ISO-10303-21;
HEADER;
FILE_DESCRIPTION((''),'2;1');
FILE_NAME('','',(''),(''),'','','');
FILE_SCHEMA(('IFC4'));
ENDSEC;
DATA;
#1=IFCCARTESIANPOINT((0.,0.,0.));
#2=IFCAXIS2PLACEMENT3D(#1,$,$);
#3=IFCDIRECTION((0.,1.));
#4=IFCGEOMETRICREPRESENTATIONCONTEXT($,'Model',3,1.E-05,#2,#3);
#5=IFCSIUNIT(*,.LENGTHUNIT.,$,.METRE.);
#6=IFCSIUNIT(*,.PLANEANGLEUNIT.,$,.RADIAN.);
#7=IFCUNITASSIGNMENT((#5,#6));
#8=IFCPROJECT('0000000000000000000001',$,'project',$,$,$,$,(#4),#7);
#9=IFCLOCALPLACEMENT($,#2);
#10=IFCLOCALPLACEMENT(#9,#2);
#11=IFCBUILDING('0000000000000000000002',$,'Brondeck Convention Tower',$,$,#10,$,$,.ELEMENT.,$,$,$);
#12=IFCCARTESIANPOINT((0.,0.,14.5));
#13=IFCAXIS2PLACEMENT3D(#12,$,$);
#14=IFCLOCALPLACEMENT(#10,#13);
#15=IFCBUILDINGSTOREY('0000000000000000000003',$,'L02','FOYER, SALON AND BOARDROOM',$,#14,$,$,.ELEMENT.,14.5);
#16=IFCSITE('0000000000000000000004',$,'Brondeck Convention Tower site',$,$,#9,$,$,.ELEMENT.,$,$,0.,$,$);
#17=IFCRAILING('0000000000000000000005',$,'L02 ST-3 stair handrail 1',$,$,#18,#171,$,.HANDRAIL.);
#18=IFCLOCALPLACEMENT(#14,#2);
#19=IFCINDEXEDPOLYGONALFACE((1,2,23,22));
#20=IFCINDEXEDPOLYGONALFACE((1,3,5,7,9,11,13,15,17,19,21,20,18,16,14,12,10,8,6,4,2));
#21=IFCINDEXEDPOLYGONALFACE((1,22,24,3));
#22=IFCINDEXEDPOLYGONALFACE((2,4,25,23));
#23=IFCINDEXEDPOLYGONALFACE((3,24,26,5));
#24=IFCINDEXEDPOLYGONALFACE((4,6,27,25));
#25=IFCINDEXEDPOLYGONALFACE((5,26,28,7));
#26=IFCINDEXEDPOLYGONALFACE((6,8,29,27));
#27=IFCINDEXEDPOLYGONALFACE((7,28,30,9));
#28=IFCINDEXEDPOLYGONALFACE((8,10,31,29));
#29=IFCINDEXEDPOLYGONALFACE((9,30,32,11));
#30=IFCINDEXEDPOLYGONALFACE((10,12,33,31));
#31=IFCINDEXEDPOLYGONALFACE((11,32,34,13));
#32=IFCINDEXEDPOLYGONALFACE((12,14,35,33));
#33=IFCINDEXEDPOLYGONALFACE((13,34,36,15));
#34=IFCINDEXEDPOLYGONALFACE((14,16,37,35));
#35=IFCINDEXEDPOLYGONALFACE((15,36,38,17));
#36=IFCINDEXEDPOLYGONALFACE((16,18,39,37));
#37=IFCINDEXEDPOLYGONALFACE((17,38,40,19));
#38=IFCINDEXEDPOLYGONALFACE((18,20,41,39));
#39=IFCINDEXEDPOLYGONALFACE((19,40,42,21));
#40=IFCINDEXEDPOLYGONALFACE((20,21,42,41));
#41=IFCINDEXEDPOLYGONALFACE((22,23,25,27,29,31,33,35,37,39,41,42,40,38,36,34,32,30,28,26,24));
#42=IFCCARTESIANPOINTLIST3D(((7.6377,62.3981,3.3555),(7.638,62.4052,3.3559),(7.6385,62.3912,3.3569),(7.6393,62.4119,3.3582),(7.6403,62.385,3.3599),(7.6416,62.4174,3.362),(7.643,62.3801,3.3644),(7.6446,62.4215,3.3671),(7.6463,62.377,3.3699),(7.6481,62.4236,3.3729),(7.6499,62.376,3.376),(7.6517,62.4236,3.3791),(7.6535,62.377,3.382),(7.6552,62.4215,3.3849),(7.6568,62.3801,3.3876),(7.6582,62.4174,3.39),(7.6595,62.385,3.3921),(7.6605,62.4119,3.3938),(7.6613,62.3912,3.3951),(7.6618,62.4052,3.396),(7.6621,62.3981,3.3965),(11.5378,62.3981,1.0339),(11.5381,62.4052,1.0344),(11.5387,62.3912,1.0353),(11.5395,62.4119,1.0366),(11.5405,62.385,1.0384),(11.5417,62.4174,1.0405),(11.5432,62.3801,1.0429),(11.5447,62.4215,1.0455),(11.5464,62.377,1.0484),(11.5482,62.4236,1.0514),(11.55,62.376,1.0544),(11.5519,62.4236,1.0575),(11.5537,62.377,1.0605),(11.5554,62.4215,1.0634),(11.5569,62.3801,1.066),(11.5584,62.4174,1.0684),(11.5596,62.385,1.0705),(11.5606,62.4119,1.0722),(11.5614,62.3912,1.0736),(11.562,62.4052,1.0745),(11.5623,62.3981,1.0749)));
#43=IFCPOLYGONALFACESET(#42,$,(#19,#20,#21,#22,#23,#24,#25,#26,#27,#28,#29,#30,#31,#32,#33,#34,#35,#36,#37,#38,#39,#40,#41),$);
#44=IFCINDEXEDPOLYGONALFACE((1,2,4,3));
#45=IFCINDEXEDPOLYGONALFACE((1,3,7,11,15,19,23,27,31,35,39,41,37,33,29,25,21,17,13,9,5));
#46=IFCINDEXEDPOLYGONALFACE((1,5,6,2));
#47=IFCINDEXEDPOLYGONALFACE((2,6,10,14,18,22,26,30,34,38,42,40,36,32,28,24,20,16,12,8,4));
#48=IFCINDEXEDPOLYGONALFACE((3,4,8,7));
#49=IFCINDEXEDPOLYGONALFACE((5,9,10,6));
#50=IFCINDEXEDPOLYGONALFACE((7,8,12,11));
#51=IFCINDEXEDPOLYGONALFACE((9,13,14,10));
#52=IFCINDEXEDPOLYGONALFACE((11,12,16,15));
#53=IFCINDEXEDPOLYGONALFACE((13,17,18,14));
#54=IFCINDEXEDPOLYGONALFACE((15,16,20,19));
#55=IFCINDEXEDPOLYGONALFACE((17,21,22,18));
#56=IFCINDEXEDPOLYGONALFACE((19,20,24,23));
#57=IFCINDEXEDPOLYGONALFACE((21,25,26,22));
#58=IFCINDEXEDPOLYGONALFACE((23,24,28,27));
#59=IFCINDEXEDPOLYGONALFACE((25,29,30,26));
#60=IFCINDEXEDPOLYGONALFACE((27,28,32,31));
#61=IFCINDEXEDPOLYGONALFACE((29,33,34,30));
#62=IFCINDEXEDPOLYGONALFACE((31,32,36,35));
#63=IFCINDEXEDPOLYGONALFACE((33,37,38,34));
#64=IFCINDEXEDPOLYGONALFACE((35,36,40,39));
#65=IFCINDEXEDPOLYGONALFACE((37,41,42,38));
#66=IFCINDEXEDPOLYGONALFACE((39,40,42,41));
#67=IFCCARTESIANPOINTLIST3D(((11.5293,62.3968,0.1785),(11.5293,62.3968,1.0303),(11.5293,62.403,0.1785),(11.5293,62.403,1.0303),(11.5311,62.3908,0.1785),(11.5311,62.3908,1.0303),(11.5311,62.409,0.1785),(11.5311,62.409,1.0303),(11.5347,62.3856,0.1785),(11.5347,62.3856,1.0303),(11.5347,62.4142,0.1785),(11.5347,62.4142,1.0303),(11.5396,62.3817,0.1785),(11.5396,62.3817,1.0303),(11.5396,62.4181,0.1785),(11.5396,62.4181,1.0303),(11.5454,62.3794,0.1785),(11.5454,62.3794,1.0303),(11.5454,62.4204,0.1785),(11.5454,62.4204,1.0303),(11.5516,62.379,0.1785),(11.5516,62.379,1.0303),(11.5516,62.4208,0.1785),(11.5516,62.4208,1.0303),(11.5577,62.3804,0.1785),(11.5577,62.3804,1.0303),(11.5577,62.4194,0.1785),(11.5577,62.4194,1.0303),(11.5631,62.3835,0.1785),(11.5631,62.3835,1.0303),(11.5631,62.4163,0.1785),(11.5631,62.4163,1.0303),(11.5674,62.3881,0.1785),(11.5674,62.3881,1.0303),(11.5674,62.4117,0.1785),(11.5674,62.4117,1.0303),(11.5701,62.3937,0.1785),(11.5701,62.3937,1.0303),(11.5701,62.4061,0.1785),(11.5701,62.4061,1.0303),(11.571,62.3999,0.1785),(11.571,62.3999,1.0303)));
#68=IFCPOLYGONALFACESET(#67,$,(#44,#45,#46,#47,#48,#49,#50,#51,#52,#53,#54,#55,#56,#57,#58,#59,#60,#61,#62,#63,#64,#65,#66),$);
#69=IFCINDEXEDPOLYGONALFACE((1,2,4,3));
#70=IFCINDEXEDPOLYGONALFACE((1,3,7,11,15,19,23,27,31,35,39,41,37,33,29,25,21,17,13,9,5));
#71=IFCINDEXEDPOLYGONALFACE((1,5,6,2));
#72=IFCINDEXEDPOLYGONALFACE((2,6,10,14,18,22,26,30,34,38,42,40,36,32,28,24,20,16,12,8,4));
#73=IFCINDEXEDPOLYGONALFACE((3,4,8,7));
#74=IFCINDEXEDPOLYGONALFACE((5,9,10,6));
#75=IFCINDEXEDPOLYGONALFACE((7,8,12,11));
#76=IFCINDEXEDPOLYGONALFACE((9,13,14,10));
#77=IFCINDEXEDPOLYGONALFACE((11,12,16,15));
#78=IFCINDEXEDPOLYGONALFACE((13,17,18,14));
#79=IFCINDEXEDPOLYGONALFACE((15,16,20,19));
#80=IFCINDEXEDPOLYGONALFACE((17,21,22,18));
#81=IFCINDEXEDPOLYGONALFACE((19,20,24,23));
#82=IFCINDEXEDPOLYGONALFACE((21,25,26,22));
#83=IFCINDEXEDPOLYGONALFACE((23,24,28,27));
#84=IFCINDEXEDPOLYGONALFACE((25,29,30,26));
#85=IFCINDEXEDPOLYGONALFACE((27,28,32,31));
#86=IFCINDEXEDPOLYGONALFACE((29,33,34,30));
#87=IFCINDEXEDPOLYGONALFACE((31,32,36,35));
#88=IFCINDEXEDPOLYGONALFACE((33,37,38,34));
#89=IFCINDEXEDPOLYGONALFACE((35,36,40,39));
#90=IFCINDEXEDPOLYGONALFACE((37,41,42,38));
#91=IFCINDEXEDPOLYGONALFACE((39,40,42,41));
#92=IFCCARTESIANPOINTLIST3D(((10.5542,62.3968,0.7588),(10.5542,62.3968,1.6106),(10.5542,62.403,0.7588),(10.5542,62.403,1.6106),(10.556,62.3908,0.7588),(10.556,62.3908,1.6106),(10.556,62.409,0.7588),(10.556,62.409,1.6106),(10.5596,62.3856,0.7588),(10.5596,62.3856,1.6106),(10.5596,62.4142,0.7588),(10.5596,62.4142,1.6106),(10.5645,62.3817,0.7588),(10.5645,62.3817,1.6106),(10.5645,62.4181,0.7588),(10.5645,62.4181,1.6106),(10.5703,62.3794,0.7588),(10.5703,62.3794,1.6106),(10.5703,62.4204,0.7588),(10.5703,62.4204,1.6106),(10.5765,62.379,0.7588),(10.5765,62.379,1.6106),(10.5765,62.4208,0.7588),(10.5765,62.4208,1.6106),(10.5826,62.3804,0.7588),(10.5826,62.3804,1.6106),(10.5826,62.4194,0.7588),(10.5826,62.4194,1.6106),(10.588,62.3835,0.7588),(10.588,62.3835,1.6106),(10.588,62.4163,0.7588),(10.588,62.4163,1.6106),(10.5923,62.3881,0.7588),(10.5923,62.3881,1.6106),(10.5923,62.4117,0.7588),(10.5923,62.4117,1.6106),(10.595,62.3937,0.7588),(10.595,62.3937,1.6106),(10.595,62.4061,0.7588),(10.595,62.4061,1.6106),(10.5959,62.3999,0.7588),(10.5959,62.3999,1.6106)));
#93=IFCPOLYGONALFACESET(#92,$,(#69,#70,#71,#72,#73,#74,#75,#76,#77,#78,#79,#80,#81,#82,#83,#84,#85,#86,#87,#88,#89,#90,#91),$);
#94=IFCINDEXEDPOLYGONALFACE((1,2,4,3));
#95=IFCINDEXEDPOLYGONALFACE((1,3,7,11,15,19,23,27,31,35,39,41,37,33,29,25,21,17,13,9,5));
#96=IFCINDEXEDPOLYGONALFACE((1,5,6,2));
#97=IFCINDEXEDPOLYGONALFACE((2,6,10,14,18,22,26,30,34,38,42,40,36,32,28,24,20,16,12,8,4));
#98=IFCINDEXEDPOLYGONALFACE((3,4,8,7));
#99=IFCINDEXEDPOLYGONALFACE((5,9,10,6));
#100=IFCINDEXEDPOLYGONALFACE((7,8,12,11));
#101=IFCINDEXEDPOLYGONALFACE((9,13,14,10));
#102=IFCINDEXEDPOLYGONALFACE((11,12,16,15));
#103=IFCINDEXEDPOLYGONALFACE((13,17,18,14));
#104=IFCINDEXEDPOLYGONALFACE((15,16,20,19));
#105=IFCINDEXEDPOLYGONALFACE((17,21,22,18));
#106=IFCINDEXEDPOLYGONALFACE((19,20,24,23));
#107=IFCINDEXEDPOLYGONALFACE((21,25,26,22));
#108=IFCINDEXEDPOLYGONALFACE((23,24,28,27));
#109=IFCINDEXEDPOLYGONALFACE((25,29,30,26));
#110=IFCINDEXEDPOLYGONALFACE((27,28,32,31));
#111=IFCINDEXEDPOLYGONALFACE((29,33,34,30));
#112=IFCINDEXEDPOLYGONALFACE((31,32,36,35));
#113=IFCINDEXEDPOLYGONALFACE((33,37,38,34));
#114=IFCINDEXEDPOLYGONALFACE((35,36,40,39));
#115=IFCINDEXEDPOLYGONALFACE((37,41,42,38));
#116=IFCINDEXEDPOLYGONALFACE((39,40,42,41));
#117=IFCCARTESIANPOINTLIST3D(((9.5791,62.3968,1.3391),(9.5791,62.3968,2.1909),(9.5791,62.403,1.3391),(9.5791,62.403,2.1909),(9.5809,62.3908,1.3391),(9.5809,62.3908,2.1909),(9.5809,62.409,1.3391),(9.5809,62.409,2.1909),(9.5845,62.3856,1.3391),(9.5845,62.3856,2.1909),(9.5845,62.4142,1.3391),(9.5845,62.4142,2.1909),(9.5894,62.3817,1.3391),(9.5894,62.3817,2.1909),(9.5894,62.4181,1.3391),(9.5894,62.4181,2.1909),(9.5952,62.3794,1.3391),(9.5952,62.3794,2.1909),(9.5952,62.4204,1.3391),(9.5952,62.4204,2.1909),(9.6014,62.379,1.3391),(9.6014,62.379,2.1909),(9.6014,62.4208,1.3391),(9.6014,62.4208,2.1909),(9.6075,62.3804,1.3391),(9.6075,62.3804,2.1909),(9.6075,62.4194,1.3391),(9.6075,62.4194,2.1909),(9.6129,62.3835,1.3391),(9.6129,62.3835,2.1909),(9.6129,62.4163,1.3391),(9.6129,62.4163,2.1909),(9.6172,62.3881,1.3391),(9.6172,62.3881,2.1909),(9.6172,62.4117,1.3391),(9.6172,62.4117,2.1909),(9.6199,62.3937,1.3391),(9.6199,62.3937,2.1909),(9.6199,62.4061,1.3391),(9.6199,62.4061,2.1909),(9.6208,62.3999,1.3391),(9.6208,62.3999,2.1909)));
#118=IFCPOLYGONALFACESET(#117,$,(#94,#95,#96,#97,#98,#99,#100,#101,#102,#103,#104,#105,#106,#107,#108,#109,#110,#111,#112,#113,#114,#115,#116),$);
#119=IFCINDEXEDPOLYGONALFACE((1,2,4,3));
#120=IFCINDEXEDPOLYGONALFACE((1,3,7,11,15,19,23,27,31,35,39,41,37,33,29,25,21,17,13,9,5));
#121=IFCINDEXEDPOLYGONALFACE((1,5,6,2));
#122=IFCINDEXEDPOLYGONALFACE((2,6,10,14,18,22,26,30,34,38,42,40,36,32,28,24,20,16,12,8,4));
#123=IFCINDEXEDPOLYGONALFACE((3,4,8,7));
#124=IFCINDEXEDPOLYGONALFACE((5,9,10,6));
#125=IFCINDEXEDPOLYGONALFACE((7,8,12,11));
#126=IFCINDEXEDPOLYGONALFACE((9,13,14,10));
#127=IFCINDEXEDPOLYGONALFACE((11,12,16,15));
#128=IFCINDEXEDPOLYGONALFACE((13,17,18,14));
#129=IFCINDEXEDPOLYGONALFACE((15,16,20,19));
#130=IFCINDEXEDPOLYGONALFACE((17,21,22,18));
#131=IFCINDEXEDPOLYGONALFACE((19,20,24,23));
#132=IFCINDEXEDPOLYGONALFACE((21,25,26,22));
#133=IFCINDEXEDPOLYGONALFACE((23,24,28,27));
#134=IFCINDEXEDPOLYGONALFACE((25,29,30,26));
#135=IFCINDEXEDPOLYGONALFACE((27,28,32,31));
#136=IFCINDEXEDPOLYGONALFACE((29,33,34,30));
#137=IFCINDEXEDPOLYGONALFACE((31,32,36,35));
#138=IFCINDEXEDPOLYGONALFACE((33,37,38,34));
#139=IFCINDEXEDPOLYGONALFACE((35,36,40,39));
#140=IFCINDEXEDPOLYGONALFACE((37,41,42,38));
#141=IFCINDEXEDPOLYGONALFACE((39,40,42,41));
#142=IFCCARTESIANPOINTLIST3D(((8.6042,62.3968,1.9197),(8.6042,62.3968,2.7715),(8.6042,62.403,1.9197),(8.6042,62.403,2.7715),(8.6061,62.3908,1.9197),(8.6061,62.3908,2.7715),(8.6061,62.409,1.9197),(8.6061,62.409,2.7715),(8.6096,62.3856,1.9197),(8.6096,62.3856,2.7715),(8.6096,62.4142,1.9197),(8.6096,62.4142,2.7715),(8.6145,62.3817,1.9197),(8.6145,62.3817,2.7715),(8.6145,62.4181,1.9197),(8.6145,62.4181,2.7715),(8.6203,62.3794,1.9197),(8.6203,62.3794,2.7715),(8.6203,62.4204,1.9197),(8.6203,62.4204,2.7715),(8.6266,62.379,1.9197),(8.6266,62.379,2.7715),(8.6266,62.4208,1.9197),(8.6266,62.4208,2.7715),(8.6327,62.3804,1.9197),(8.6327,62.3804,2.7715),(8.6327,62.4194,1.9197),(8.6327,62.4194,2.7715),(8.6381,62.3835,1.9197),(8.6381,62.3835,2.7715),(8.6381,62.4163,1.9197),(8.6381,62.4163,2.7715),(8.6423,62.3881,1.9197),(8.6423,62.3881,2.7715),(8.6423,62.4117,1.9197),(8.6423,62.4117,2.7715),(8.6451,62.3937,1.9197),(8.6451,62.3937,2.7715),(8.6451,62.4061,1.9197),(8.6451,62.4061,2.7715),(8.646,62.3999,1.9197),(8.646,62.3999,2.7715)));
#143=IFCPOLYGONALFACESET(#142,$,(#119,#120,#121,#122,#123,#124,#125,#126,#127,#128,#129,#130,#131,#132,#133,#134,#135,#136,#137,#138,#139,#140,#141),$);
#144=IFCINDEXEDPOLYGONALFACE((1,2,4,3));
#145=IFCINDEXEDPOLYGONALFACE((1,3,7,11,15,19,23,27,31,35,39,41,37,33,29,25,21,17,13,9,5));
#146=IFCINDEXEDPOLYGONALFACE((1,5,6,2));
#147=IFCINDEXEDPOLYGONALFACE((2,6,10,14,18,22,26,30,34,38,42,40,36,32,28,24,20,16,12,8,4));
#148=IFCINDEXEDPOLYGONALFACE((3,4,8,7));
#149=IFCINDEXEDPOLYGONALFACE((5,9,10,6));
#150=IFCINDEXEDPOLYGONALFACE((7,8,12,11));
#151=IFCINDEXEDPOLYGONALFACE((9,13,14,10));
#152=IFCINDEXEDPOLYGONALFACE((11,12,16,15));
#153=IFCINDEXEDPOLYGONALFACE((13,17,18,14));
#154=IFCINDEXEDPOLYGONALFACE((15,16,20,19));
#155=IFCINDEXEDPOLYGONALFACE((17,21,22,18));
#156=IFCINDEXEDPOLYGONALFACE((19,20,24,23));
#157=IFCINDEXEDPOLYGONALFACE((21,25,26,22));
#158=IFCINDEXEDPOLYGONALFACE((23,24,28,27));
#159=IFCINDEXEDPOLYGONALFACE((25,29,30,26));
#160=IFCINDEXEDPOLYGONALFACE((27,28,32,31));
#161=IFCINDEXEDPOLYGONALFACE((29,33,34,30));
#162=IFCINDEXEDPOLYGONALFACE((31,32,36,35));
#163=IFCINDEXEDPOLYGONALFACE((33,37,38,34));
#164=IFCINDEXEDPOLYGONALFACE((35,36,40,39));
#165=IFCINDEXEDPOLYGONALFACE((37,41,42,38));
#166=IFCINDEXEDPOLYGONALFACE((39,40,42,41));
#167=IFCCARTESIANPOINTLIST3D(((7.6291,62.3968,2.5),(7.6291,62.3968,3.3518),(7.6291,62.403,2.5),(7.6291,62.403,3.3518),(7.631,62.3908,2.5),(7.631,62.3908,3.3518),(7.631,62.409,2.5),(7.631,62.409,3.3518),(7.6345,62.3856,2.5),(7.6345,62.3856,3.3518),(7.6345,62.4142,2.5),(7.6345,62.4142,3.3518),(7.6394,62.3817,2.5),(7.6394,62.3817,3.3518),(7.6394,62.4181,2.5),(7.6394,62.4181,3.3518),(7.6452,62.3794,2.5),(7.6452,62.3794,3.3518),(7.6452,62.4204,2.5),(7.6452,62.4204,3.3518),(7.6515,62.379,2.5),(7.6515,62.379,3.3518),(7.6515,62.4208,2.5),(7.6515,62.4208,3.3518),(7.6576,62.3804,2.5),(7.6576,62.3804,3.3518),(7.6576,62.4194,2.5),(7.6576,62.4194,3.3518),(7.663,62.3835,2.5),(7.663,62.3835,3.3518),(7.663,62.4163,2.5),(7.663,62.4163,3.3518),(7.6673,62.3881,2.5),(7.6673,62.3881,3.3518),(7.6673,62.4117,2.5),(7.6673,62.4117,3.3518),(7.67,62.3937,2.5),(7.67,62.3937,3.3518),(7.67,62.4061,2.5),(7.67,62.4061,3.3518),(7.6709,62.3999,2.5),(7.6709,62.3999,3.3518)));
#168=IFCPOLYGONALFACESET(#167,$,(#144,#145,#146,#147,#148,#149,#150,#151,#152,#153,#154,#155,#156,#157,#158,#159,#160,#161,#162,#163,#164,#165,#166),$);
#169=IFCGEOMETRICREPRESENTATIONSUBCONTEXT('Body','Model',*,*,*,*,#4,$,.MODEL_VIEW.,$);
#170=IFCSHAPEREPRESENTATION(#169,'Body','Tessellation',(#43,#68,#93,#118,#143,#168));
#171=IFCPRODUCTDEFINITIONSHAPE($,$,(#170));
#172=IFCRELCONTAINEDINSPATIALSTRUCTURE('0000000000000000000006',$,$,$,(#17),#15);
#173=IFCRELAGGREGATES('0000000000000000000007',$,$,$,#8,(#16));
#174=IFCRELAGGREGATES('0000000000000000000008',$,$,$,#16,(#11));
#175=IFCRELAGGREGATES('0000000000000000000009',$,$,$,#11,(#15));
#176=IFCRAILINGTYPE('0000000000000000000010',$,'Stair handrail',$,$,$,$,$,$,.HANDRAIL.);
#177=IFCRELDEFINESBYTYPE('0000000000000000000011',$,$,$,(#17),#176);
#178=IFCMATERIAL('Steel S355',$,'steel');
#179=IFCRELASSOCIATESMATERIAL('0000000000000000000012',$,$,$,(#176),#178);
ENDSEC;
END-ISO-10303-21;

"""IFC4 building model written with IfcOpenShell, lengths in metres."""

from ifc_helpers import new_model, si_unit, direction, frame, origin, origin_2d, place, context, subcontext, project, spatial, circle, extrude, material, type_object, element, save


model = new_model("IFC4")

# Units and contexts
model_context = context("Model", 3, precision=1e-05, world=origin(), true_north=direction((0.0, 1.0)))
body_context = subcontext(model_context, "Body", "Model", "MODEL_VIEW")
ifc_project = project(units=[si_unit("LENGTHUNIT", "METRE"), si_unit("PLANEANGLEUNIT", "RADIAN")], contexts=[model_context])

# Site, building, storey
site_placement = place(None, origin())
site = spatial("IfcSite", under=ifc_project, at=site_placement, Name="Brondeck Convention Tower site", CompositionType="ELEMENT", RefElevation=0.0)
building_placement = place(site_placement, origin())
building = spatial("IfcBuilding", under=site, at=building_placement, Name="Brondeck Convention Tower", CompositionType="ELEMENT")
storey_placement = place(building_placement, frame((0.0, 0.0, 14.5)))
storey = spatial("IfcBuildingStorey", under=building, at=storey_placement, Name="L02", Description="FOYER, SALON AND BOARDROOM", CompositionType="ELEMENT", Elevation=14.5)

# Railing
ifc_material_1 = material(Name="Steel S355", Category="steel")
railing_type_1 = type_object("IfcRailingType", Name="Stair handrail", PredefinedType="HANDRAIL", material=ifc_material_1)
railing_1_placement = place(storey_placement, frame((11.55, 62.3999, 0.1785)))
element("IfcRailing", 1, at=railing_1_placement, inside=storey, type_object=railing_type_1, Name="L02 ST-3 stair handrail 1", PredefinedType="HANDRAIL", context=body_context, shape_type="SweptSolid", body=[
    extrude(circle(Radius=0.0239, at=origin_2d()), frame((0.0, 0.0, 0.876), z_axis=(-0.859291, 0.0, 0.511487), x_axis=(0.0, -1.0, 0.0)), (0.0, 0.0, 1.0), 4.5388),
    extrude(circle(Radius=0.021, at=origin_2d()), origin(), (0.0, 0.0, 1.0), 0.8518),
    extrude(circle(Radius=0.021, at=origin_2d()), frame((-0.9751, 0.0, 0.5803)), (0.0, 0.0, 1.0), 0.8518),
    extrude(circle(Radius=0.021, at=origin_2d()), frame((-1.9502, 0.0, 1.1606)), (0.0, 0.0, 1.0), 0.8518),
    extrude(circle(Radius=0.021, at=origin_2d()), frame((-2.925, 0.0, 1.7412)), (0.0, 0.0, 1.0), 0.8518),
    extrude(circle(Radius=0.021, at=origin_2d()), frame((-3.9001, 0.0, 2.3215)), (0.0, 0.0, 1.0), 0.8518),
])

save(model, "model.ifc")
